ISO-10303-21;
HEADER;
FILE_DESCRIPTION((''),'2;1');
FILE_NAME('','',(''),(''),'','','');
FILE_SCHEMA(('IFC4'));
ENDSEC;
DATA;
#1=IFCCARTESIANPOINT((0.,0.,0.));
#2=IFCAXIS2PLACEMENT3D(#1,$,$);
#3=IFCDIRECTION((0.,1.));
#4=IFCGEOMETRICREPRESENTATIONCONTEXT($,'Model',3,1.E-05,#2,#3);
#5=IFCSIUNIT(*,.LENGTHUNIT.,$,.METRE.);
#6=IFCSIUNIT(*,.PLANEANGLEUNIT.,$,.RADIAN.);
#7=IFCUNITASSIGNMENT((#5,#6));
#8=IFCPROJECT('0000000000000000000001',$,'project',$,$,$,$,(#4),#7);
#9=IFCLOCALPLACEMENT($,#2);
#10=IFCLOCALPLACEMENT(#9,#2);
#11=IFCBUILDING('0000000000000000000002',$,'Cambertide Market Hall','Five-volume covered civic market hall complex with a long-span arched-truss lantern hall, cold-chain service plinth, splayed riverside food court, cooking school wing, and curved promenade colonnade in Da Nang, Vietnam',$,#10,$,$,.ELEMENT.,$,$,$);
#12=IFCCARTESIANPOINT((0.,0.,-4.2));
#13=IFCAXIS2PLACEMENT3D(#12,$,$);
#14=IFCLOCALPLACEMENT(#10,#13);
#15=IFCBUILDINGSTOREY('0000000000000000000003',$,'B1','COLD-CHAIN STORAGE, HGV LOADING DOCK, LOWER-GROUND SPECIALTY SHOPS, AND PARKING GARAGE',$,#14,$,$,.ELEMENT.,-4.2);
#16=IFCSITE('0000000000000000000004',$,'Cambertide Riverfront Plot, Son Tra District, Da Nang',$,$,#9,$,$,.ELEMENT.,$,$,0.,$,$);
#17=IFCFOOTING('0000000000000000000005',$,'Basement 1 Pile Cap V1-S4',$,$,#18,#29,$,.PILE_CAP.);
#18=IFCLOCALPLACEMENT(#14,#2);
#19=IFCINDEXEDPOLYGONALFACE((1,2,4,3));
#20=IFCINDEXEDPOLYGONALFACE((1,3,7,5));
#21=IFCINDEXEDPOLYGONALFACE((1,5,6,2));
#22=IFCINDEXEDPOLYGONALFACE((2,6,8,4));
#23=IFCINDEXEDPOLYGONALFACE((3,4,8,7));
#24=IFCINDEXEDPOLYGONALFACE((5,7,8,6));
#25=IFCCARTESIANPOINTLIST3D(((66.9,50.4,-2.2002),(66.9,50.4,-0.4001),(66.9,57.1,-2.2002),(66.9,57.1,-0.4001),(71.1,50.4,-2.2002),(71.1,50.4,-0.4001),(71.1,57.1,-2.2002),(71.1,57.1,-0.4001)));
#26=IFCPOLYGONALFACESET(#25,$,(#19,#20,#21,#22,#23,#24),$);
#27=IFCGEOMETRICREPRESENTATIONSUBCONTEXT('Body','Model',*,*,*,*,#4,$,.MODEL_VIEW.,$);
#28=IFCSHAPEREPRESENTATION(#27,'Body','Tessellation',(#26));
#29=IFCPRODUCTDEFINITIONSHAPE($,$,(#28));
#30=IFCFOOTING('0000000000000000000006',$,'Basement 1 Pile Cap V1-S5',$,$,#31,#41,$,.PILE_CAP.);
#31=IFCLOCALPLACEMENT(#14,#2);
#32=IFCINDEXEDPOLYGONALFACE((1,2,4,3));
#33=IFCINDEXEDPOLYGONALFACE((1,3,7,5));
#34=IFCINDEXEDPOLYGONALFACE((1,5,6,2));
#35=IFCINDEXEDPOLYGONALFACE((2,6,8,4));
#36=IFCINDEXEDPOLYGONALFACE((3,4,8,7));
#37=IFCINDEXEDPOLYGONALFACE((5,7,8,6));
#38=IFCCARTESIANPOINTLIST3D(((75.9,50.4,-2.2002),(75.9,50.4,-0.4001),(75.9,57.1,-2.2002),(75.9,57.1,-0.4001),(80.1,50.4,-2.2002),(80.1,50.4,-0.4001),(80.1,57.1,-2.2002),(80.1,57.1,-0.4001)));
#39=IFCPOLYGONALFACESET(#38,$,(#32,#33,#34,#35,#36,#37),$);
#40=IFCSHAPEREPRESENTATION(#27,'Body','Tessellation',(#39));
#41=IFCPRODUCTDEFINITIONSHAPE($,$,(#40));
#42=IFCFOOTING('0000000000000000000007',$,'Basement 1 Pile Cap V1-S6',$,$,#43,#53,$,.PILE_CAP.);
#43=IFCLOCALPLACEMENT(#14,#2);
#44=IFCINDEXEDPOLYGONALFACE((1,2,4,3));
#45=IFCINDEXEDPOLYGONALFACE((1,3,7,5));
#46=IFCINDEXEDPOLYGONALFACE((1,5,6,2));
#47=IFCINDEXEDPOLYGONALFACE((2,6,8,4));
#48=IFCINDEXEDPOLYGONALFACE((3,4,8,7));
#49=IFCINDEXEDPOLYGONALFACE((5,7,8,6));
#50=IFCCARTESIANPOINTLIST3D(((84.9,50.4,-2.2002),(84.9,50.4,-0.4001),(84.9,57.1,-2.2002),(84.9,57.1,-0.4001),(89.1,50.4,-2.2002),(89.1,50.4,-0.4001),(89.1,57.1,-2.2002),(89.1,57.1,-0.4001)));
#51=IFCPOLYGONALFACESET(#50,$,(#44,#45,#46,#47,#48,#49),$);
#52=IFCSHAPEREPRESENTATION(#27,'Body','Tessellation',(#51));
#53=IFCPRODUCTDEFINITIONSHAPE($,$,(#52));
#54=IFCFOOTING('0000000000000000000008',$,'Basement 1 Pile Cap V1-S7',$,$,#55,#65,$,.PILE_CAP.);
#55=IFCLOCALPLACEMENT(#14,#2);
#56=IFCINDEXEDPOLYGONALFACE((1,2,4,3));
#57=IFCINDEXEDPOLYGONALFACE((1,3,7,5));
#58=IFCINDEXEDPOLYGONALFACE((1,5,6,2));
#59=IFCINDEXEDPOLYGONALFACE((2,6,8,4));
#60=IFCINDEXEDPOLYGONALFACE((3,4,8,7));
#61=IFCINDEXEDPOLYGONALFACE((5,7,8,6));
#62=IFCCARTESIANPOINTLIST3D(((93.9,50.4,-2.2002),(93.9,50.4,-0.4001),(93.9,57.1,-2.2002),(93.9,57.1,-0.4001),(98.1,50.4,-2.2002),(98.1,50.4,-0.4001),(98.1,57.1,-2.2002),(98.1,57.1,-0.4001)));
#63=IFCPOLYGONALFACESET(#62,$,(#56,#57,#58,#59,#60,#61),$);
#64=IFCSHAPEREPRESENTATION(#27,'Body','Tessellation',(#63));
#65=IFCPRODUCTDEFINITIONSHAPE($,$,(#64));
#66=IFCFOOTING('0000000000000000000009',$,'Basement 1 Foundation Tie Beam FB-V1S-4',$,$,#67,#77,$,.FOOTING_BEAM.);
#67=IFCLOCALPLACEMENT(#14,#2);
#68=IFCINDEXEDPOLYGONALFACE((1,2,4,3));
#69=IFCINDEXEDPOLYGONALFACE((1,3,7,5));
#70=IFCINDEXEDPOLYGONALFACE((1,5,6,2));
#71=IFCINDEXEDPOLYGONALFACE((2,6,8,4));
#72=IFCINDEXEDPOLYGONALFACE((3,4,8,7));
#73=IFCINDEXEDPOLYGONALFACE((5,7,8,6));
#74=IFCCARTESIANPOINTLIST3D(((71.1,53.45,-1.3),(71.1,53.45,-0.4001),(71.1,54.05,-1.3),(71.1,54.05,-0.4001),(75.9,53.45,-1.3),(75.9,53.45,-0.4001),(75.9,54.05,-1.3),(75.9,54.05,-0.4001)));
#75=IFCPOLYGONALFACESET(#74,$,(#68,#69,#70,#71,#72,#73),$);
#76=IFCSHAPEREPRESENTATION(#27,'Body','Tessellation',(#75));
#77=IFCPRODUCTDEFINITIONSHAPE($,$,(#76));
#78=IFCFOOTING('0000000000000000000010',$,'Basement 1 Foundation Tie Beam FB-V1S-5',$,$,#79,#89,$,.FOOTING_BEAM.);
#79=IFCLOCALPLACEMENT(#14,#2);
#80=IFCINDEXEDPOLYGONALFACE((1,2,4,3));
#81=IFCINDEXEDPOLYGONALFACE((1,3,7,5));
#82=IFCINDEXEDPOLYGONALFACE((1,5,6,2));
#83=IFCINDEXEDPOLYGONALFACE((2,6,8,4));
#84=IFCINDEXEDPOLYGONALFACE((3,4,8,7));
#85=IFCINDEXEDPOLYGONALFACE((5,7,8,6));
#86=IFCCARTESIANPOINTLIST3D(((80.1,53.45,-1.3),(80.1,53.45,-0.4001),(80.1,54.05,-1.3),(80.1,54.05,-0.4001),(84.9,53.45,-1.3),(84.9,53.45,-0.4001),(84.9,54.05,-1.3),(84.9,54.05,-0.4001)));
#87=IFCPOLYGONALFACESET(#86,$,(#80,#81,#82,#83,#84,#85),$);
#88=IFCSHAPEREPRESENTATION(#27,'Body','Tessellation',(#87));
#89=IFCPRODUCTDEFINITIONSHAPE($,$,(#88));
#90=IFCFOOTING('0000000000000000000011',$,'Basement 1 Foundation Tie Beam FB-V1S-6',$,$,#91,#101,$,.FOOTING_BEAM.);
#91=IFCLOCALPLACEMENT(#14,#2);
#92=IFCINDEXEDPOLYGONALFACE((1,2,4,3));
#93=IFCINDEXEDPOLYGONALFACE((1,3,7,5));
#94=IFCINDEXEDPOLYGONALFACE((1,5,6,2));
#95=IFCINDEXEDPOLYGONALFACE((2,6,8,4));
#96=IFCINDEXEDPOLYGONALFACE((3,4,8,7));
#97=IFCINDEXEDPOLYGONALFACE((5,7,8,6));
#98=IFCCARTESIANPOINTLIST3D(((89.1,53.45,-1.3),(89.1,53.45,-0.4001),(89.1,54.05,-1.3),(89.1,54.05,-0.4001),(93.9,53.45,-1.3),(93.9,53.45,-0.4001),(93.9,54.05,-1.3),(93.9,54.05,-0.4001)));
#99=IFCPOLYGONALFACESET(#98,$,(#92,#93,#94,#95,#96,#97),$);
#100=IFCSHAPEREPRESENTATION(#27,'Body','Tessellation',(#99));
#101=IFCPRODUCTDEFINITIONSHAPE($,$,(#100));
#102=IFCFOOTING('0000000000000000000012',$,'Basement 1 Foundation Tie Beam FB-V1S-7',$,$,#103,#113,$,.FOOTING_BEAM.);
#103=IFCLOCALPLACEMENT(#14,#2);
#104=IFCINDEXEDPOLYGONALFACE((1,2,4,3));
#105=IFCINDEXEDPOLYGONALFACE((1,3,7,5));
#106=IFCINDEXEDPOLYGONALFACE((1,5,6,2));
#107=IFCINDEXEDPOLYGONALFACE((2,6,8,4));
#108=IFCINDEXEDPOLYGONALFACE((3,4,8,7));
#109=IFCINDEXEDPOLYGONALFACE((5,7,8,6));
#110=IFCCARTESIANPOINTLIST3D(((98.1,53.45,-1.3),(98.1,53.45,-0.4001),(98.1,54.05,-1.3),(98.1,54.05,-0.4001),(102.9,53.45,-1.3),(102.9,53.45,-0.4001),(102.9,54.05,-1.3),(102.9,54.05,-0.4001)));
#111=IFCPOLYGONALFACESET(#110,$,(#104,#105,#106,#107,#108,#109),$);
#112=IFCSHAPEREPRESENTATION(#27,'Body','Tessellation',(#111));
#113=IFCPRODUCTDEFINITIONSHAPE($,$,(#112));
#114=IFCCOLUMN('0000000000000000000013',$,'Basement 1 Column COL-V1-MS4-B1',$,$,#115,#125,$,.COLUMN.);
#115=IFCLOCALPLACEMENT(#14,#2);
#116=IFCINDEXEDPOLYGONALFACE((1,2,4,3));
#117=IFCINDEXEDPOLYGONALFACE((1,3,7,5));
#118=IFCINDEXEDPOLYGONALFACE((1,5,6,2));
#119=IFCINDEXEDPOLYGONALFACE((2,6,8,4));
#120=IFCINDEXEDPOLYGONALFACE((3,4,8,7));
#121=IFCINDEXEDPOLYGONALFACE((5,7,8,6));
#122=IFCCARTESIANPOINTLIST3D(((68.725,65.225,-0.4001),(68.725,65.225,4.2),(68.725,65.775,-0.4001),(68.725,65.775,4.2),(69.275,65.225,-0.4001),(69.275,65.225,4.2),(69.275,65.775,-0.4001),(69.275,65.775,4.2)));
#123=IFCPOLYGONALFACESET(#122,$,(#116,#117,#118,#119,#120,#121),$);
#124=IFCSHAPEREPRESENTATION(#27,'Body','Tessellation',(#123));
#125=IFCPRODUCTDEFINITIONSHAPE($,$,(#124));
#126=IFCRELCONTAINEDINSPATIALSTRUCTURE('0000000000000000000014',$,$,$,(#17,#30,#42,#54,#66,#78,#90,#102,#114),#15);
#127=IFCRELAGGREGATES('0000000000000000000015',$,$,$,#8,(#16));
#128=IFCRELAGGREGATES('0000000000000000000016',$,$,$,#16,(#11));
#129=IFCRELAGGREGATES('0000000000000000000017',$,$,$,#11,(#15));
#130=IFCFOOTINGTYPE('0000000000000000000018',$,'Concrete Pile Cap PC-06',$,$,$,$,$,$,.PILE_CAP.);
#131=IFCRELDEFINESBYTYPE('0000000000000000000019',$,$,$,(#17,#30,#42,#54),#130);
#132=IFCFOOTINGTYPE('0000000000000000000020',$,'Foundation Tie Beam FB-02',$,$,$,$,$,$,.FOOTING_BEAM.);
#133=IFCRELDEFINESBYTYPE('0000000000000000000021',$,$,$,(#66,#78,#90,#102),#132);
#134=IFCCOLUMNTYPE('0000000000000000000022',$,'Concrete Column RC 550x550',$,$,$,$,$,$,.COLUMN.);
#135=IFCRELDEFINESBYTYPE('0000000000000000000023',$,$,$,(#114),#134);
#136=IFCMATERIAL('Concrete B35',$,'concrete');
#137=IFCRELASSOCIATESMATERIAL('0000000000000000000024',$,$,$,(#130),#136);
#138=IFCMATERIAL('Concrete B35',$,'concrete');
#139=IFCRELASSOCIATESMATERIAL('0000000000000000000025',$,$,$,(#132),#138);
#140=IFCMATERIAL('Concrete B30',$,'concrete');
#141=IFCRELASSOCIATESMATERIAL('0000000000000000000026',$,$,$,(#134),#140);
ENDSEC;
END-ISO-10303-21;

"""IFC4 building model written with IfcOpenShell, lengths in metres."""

from ifc_helpers import new_model, si_unit, direction, frame, origin, origin_2d, place, context, subcontext, project, spatial, rectangle, extrude, material, material_profile, profile_set, type_object, element, save


model = new_model("IFC4")

# Units and contexts
model_context = context("Model", 3, precision=1e-05, world=origin(), true_north=direction((0.0, 1.0)))
body_context = subcontext(model_context, "Body", "Model", "MODEL_VIEW")
ifc_project = project(units=[si_unit("LENGTHUNIT", "METRE"), si_unit("PLANEANGLEUNIT", "RADIAN")], contexts=[model_context])

# Site, building, storey
site_placement = place(None, origin())
site = spatial("IfcSite", under=ifc_project, at=site_placement, Name="Cambertide Riverfront Plot, Son Tra District, Da Nang", CompositionType="ELEMENT", RefElevation=0.0)
building_placement = place(site_placement, origin())
building = spatial("IfcBuilding", under=site, at=building_placement, Name="Cambertide Market Hall", Description="Five-volume covered civic market hall complex with a long-span arched-truss lantern hall, cold-chain service plinth, splayed riverside food court, cooking school wing, and curved promenade colonnade in Da Nang, Vietnam", CompositionType="ELEMENT")
storey_placement = place(building_placement, frame((0.0, 0.0, -4.2)))
storey = spatial("IfcBuildingStorey", under=building, at=storey_placement, Name="B1", Description="COLD-CHAIN STORAGE, HGV LOADING DOCK, LOWER-GROUND SPECIALTY SHOPS, AND PARKING GARAGE", CompositionType="ELEMENT", Elevation=-4.2)

# Footings
ifc_material_1 = material(Name="Concrete B35", Category="concrete")
footing_type_1 = type_object("IfcFootingType", Name="Concrete Pile Cap PC-06", PredefinedType="PILE_CAP", material=ifc_material_1)
for number, where, z_axis, x_axis, name in (
    (1, (69.0, 53.75, -2.2002), (0.0, 0.0, 1.0), (1.0, 0.0, 0.0), "Basement 1 Pile Cap V1-S4"),
    (2, (78.0, 53.75, -2.2002), (0.0, 0.0, 1.0), (1.0, 0.0, 0.0), "Basement 1 Pile Cap V1-S5"),
    (3, (87.0, 53.75, -2.2002), (0.0, 0.0, 1.0), (1.0, 0.0, 0.0), "Basement 1 Pile Cap V1-S6"),
    (4, (96.0, 53.75, -2.2002), (0.0, 0.0, 1.0), (1.0, 0.0, 0.0), "Basement 1 Pile Cap V1-S7"),
):
    element("IfcFooting", number, at=place(storey_placement, frame(where, z_axis=z_axis, x_axis=x_axis)), inside=storey, type_object=footing_type_1, Name=name, PredefinedType="PILE_CAP", context=body_context, shape_type="SweptSolid", body=[
        extrude(rectangle(XDim=4.2, YDim=6.7, at=origin_2d()), origin(), (0.0, 0.0, 1.0), 1.8),
    ])
ifc_material_2 = material(Name="Concrete B35", Category="concrete")
footing_type_2 = type_object("IfcFootingType", Name="Foundation Tie Beam FB-02", PredefinedType="FOOTING_BEAM", material=ifc_material_2)
for number, where, z_axis, x_axis, name in (
    (5, (73.5, 53.75, -1.3), (0.0, 0.0, 1.0), (1.0, 0.0, 0.0), "Basement 1 Foundation Tie Beam FB-V1S-4"),
    (6, (82.5, 53.75, -1.3), (0.0, 0.0, 1.0), (1.0, 0.0, 0.0), "Basement 1 Foundation Tie Beam FB-V1S-5"),
    (7, (91.5, 53.75, -1.3), (0.0, 0.0, 1.0), (1.0, 0.0, 0.0), "Basement 1 Foundation Tie Beam FB-V1S-6"),
    (8, (100.5, 53.75, -1.3), (0.0, 0.0, 1.0), (1.0, 0.0, 0.0), "Basement 1 Foundation Tie Beam FB-V1S-7"),
):
    element("IfcFooting", number, at=place(storey_placement, frame(where, z_axis=z_axis, x_axis=x_axis)), inside=storey, type_object=footing_type_2, Name=name, PredefinedType="FOOTING_BEAM", context=body_context, shape_type="SweptSolid", body=[
        extrude(rectangle(XDim=4.8, YDim=0.6001, at=origin_2d()), origin(), (0.0, 0.0, 1.0), 0.8999),
    ])

# Column
ifc_material_3 = material(Name="Concrete B30", Category="concrete")
ifc_material_profile_1 = material_profile(ifc_material_3, rectangle(XDim=0.55, YDim=0.55, at=origin_2d()), Name="RC 550x550")
ifc_profile_set_1 = profile_set([ifc_material_profile_1], Name="Concrete B30")
column_type = type_object("IfcColumnType", Name="Concrete Column RC 550x550", PredefinedType="COLUMN", material=ifc_profile_set_1)
column_placement = place(storey_placement, frame((69.0, 65.5, -0.4001), z_axis=(0.0, 0.0, 1.0), x_axis=(1.0, 0.0, 0.0)))
element("IfcColumn", 9, at=column_placement, inside=storey, type_object=column_type, Name="Basement 1 Column COL-V1-MS4-B1", PredefinedType="COLUMN", context=body_context, shape_type="SweptSolid", body=[
    extrude(rectangle(XDim=0.55, YDim=0.55, at=origin_2d()), origin(), (0.0, 0.0, 1.0), 4.6001),
])

save(model, "model.ifc")
